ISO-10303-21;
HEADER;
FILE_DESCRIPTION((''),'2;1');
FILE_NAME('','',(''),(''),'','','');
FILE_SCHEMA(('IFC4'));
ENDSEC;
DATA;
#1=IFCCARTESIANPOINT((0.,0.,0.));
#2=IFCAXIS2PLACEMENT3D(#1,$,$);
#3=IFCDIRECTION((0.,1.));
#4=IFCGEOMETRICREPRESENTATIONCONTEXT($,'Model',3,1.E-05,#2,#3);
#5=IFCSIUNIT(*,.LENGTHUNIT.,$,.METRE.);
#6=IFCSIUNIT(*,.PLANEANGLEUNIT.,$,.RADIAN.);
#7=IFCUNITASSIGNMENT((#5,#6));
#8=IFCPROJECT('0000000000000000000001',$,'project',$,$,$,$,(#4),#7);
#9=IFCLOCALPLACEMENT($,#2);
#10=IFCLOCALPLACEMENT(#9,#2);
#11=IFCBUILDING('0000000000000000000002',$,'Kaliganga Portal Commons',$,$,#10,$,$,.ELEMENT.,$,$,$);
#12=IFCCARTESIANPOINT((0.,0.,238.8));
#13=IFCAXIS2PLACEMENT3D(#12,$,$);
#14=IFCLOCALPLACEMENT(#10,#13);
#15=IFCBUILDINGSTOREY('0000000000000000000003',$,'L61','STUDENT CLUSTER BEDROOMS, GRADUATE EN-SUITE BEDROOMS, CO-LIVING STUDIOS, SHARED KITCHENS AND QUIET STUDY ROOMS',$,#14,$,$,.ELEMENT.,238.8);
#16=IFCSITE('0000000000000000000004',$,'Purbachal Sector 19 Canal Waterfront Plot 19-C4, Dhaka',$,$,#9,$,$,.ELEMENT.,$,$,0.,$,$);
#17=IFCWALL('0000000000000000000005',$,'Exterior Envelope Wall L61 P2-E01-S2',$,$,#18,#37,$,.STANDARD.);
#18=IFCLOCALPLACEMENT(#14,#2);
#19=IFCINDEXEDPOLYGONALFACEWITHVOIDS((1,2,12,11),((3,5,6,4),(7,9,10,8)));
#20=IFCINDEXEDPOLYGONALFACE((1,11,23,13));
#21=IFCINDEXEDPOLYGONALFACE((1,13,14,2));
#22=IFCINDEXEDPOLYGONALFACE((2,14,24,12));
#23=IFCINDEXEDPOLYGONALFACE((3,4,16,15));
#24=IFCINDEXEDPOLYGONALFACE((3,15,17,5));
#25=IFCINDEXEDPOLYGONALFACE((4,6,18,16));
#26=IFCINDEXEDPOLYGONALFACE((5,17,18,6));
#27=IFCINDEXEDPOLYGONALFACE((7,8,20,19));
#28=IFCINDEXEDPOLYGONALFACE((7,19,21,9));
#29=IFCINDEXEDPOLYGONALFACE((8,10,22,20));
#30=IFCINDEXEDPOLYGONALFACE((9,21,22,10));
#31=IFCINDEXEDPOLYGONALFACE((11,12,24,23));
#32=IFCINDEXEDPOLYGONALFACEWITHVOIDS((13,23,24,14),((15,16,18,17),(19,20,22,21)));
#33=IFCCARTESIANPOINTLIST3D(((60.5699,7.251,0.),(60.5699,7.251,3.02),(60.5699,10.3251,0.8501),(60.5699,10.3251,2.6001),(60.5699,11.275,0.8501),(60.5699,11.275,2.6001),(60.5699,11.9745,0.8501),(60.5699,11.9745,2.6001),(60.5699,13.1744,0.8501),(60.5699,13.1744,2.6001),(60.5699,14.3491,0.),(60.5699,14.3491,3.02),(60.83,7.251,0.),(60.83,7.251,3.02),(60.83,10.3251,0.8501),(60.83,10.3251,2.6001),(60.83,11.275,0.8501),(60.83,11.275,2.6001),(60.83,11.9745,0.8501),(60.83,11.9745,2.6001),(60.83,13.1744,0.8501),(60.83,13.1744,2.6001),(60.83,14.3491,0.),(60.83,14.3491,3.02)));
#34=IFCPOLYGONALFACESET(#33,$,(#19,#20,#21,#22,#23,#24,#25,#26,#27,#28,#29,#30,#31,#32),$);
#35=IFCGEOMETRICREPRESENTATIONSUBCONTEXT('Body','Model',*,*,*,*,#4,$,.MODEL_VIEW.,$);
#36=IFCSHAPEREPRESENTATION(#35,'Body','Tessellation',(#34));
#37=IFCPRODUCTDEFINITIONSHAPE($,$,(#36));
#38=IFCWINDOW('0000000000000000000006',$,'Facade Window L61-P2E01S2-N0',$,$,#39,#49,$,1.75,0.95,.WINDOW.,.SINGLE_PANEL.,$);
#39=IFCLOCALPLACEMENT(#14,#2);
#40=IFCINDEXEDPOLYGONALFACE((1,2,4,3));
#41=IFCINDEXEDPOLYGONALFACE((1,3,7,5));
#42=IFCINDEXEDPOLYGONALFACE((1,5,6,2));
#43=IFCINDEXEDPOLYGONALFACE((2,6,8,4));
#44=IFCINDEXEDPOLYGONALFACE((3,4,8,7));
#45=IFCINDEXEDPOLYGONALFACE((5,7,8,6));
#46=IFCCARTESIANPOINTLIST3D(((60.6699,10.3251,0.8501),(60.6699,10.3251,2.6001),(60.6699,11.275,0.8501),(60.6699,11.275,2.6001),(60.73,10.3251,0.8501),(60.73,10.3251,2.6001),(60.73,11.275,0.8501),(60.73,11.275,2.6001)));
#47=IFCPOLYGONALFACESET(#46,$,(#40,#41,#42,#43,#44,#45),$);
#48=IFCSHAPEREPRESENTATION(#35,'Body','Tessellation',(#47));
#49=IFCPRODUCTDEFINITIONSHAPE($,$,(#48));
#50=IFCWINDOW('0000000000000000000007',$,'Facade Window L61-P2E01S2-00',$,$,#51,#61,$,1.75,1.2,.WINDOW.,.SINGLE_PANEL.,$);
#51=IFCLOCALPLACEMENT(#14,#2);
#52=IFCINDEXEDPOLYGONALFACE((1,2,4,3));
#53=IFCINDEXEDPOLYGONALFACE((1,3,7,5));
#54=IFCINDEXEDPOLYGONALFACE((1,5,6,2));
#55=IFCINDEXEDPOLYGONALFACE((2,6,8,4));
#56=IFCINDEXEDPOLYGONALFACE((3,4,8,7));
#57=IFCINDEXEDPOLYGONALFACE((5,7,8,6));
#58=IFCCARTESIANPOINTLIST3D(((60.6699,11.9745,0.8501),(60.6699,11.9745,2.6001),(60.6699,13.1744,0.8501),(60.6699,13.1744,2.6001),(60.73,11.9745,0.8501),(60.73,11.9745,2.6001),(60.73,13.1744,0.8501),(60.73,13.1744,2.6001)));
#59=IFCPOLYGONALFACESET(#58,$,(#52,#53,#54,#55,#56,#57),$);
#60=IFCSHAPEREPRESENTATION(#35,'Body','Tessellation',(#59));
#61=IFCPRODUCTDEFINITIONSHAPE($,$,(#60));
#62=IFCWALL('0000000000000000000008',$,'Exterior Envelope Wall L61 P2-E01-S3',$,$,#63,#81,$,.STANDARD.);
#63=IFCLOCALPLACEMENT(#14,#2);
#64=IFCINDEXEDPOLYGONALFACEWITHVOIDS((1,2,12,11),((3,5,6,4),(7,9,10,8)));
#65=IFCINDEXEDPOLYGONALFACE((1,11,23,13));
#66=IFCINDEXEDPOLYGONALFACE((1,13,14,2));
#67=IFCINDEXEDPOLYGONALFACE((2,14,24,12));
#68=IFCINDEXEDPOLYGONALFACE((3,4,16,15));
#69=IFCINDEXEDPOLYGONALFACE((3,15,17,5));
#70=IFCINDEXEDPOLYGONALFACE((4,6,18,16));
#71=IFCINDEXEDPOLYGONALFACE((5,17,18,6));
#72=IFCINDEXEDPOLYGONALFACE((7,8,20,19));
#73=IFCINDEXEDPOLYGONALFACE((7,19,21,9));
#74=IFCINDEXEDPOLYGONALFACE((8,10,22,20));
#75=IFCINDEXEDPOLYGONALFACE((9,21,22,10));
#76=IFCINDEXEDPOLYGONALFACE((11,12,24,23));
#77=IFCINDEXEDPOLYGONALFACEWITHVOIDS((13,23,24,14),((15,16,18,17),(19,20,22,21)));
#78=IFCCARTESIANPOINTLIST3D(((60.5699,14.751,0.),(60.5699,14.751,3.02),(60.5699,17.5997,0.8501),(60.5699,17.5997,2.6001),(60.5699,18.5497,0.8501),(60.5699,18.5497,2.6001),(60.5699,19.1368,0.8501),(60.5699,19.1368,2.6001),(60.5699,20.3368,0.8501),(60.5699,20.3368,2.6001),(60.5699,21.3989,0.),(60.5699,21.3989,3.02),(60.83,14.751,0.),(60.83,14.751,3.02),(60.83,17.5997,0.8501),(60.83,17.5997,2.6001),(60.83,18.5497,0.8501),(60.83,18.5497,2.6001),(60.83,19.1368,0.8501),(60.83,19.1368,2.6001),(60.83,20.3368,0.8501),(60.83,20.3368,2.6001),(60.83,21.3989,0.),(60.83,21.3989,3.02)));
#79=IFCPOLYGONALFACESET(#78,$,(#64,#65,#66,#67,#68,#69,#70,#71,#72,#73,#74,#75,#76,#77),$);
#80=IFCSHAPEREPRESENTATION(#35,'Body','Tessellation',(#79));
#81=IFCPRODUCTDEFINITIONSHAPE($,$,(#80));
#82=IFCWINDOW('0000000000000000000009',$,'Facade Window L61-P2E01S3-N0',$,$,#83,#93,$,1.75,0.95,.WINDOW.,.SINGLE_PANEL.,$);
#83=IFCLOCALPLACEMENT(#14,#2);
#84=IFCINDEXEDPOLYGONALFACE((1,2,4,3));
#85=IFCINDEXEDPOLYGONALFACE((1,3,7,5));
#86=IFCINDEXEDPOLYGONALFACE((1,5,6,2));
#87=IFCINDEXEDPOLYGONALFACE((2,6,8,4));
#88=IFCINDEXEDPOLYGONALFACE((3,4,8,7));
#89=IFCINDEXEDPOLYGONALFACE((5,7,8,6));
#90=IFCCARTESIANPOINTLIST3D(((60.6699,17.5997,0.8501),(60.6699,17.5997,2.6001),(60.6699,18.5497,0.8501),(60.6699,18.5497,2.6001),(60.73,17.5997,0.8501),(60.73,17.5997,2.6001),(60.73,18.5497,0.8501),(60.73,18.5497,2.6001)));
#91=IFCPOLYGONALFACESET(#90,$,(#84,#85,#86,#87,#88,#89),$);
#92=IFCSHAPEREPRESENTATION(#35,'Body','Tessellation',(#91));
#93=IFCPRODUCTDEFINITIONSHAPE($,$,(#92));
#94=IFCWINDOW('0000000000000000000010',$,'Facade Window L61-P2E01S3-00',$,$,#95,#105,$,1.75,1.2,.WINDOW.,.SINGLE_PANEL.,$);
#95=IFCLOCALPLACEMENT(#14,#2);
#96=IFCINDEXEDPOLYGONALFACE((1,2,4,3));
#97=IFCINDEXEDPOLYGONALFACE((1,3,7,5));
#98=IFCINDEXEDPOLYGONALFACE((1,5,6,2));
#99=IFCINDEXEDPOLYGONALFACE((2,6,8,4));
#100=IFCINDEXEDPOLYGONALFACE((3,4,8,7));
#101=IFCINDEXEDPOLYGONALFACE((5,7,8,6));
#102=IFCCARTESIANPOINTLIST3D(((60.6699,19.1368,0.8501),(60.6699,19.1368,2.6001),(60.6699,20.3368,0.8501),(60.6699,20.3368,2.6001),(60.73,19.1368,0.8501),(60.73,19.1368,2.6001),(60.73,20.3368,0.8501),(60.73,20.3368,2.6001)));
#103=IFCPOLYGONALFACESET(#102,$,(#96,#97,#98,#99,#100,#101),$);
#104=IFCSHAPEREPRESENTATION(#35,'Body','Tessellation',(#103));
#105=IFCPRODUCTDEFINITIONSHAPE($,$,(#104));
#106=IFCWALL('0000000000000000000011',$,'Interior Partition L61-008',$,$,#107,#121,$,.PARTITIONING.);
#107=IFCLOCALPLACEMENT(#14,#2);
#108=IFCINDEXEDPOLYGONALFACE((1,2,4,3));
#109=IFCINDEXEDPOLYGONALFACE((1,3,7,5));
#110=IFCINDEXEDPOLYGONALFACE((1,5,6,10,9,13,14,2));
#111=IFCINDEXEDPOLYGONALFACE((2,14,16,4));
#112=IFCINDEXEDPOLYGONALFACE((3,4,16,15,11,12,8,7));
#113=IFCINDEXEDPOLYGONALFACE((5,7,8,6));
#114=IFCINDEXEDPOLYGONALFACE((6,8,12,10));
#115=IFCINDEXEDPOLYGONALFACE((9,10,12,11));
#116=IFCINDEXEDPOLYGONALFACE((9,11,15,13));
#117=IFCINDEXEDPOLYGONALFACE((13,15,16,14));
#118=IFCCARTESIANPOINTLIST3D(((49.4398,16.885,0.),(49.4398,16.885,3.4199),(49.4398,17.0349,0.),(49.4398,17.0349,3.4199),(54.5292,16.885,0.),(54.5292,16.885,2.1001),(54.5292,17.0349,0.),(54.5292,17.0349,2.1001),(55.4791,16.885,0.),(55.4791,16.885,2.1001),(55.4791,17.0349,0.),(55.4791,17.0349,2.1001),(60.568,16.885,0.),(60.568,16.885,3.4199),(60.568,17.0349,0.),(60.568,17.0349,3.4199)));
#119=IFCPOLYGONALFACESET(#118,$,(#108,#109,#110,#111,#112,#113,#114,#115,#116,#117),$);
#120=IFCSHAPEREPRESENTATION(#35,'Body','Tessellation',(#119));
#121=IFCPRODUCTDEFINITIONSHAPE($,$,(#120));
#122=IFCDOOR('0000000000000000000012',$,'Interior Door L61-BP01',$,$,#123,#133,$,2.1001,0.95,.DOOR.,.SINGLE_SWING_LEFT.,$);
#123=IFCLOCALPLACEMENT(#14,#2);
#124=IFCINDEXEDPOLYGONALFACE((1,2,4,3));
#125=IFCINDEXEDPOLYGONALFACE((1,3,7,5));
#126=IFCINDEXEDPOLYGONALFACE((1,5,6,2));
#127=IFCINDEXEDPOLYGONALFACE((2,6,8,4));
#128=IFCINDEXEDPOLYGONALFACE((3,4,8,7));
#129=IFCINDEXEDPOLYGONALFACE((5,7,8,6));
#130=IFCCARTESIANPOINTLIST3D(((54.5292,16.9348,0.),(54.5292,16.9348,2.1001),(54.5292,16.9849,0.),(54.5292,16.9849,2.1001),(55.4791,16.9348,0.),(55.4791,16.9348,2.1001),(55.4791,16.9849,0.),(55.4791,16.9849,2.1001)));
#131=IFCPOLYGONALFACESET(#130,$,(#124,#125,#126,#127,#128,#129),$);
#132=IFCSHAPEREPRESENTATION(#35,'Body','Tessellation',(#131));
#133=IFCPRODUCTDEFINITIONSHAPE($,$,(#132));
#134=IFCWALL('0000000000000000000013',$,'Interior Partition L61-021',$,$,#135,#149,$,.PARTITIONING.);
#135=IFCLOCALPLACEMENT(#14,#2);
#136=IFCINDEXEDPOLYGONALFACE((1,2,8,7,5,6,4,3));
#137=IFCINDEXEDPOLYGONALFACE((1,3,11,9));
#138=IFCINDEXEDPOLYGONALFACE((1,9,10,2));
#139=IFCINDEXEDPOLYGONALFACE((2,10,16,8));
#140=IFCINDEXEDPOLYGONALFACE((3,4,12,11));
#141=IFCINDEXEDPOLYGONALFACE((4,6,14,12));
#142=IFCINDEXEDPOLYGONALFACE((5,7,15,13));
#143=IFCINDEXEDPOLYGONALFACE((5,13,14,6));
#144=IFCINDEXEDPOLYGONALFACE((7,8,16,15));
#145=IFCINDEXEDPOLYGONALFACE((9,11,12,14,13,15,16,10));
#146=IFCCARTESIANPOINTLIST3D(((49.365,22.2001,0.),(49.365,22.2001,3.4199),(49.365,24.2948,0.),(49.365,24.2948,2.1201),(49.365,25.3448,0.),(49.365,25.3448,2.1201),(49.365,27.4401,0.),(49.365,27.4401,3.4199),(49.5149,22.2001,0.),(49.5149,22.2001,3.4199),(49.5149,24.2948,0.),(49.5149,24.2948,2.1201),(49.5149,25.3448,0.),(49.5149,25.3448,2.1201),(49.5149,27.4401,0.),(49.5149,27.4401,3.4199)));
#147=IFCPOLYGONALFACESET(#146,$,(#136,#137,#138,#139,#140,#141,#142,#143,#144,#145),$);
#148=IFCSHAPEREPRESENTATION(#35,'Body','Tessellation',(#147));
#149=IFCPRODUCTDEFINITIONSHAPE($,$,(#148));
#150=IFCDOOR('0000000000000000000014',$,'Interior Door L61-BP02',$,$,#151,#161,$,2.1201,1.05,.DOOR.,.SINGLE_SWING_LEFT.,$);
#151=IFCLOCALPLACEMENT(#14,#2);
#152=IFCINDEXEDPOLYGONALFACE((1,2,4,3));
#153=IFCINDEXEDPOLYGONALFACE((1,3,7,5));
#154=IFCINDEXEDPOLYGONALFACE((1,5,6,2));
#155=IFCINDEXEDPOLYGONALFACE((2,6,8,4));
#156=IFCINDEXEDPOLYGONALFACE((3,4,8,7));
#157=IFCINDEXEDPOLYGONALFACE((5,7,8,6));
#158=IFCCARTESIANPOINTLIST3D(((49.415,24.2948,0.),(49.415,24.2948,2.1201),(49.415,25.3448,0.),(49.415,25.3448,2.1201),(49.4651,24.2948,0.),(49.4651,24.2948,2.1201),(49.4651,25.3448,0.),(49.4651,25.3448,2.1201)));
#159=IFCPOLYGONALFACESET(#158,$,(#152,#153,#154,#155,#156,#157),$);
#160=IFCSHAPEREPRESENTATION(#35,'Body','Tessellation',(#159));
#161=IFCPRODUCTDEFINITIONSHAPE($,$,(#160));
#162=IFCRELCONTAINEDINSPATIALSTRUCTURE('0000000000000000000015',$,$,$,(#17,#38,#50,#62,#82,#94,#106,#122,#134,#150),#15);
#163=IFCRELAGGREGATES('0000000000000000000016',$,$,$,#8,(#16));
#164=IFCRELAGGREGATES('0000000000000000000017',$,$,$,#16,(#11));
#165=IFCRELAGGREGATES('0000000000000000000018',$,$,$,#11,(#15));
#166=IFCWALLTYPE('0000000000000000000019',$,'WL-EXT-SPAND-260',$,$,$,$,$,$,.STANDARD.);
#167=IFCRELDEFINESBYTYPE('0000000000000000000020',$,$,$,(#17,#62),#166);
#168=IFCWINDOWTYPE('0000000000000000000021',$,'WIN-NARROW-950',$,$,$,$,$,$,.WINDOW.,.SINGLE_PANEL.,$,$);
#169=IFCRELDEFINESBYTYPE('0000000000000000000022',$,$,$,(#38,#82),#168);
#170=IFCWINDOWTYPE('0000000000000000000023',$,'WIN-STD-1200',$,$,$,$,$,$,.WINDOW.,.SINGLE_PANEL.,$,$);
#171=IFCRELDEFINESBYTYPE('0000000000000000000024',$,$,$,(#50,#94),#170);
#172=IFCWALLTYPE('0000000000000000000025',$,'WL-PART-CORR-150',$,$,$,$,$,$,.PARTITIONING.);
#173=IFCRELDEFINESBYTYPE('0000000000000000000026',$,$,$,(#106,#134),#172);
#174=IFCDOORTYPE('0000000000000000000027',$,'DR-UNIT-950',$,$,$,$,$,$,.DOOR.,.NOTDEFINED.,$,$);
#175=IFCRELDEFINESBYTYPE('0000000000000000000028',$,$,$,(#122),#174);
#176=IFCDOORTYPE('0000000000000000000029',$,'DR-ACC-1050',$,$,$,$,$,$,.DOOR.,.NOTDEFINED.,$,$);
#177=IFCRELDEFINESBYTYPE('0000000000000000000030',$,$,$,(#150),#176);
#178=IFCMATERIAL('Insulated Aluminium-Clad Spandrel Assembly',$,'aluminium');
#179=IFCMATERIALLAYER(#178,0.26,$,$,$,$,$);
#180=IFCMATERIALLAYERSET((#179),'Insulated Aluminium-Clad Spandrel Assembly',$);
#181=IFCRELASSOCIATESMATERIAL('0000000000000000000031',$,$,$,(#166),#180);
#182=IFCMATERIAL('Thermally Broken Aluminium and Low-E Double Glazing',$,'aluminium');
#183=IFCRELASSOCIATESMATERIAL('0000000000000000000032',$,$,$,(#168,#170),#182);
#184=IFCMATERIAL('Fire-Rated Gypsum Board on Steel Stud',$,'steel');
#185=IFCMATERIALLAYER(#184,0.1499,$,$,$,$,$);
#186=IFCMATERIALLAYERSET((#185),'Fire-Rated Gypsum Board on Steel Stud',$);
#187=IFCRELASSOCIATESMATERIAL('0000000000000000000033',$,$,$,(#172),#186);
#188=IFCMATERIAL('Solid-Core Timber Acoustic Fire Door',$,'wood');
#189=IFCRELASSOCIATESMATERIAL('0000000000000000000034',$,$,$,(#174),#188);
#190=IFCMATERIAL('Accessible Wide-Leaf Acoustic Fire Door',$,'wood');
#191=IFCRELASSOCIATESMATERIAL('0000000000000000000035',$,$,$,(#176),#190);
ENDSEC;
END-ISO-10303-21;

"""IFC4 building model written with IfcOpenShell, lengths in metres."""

from ifc_helpers import new_model, si_unit, direction, frame, frame_2d, origin, place, context, subcontext, project, spatial, rectangle, extrude, material, layer, layer_set, type_object, element, fill, save


model = new_model("IFC4")

# Units and contexts
model_context = context("Model", 3, precision=1e-05, world=origin(), true_north=direction((0.0, 1.0)))
body_context = subcontext(model_context, "Body", "Model", "MODEL_VIEW")
ifc_project = project(units=[si_unit("LENGTHUNIT", "METRE"), si_unit("PLANEANGLEUNIT", "RADIAN")], contexts=[model_context])

# Site, building, storey
site_placement = place(None, origin())
site = spatial("IfcSite", under=ifc_project, at=site_placement, Name="Purbachal Sector 19 Canal Waterfront Plot 19-C4, Dhaka", CompositionType="ELEMENT", RefElevation=0.0)
building_placement = place(site_placement, origin())
building = spatial("IfcBuilding", under=site, at=building_placement, Name="Kaliganga Portal Commons", CompositionType="ELEMENT")
storey_placement = place(building_placement, frame((0.0, 0.0, 238.8)))
storey = spatial("IfcBuildingStorey", under=building, at=storey_placement, Name="L61", Description="STUDENT CLUSTER BEDROOMS, GRADUATE EN-SUITE BEDROOMS, CO-LIVING STUDIOS, SHARED KITCHENS AND QUIET STUDY ROOMS", CompositionType="ELEMENT", Elevation=238.8)

# Walls, openings, windows
ifc_material_1 = material(Name="Insulated Aluminium-Clad Spandrel Assembly", Category="aluminium")
ifc_layer_1 = layer(ifc_material_1, 0.26)
ifc_layer_set_1 = layer_set([ifc_layer_1], Name="Insulated Aluminium-Clad Spandrel Assembly")
wall_type_1 = type_object("IfcWallType", Name="WL-EXT-SPAND-260", PredefinedType="STANDARD", material=ifc_layer_set_1)
wall_1_placement = place(storey_placement, frame((60.7, 14.3491, 0.0), z_axis=(0.0, 0.0, 1.0), x_axis=(0.0, -1.0, 0.0)))
wall_1 = element("IfcWall", 1, at=wall_1_placement, inside=storey, type_object=wall_type_1, Name="Exterior Envelope Wall L61 P2-E01-S2", PredefinedType="STANDARD", context=body_context, shape_type="SweptSolid", body=[
    extrude(rectangle(XDim=7.0981, YDim=0.26, at=frame_2d((3.5491, 0.0))), origin(), (0.0, 0.0, 1.0), 3.02),
])
opening_1_placement = place(wall_1_placement, frame((1.1746, 0.0, 0.8501)))
opening_1 = element("IfcOpeningElement", 2, at=opening_1_placement, cuts=wall_1, PredefinedType="OPENING", context=body_context, shape_type="SweptSolid", body=[
    extrude(rectangle(XDim=1.2, YDim=1.75, at=frame_2d((0.6001, 0.875))), frame((0.0, 0.1401, 0.0), z_axis=(0.0, -1.0, 0.0), x_axis=(1.0, 0.0, 0.0)), (0.0, 0.0, 1.0), 0.28),
])
opening_2_placement = place(wall_1_placement, frame((3.074, 0.0, 0.8501)))
opening_2 = element("IfcOpeningElement", 3, at=opening_2_placement, cuts=wall_1, PredefinedType="OPENING", context=body_context, shape_type="SweptSolid", body=[
    extrude(rectangle(XDim=0.95, YDim=1.75, at=frame_2d((0.4751, 0.875))), frame((0.0, 0.1401, 0.0), z_axis=(0.0, -1.0, 0.0), x_axis=(1.0, 0.0, 0.0)), (0.0, 0.0, 1.0), 0.28),
])
ifc_material_2 = material(Name="Thermally Broken Aluminium and Low-E Double Glazing", Category="aluminium")
window_type_1 = type_object("IfcWindowType", Name="WIN-NARROW-950", PartitioningType="SINGLE_PANEL", PredefinedType="WINDOW", material=ifc_material_2)
window_1_placement = place(opening_2_placement, origin())
window_1 = element("IfcWindow", 4, at=window_1_placement, inside=storey, type_object=window_type_1, Name="Facade Window L61-P2E01S2-N0", OverallHeight=1.75, OverallWidth=0.95, PartitioningType="SINGLE_PANEL", PredefinedType="WINDOW", context=body_context, shape_type="SweptSolid", body=[
    extrude(rectangle(XDim=0.95, YDim=1.75, at=frame_2d((0.4751, 0.875))), frame((0.0, 0.03, 0.0), z_axis=(0.0, -1.0, 0.0), x_axis=(1.0, 0.0, 0.0)), (0.0, 0.0, 1.0), 0.0601),
])
fill(opening_2, window_1)
window_type_2 = type_object("IfcWindowType", Name="WIN-STD-1200", PartitioningType="SINGLE_PANEL", PredefinedType="WINDOW", material=ifc_material_2)
window_2_placement = place(opening_1_placement, origin())
window_2 = element("IfcWindow", 5, at=window_2_placement, inside=storey, type_object=window_type_2, Name="Facade Window L61-P2E01S2-00", OverallHeight=1.75, OverallWidth=1.2, PartitioningType="SINGLE_PANEL", PredefinedType="WINDOW", context=body_context, shape_type="SweptSolid", body=[
    extrude(rectangle(XDim=1.2, YDim=1.75, at=frame_2d((0.6001, 0.875))), frame((0.0, 0.03, 0.0), z_axis=(0.0, -1.0, 0.0), x_axis=(1.0, 0.0, 0.0)), (0.0, 0.0, 1.0), 0.0601),
])
fill(opening_1, window_2)
wall_2_placement = place(storey_placement, frame((60.7, 21.3989, 0.0), z_axis=(0.0, 0.0, 1.0), x_axis=(0.0, -1.0, 0.0)))
wall_2 = element("IfcWall", 6, at=wall_2_placement, inside=storey, type_object=wall_type_1, Name="Exterior Envelope Wall L61 P2-E01-S3", PredefinedType="STANDARD", context=body_context, shape_type="SweptSolid", body=[
    extrude(rectangle(XDim=6.6479, YDim=0.26, at=frame_2d((3.324, 0.0))), origin(), (0.0, 0.0, 1.0), 3.02),
])
opening_3_placement = place(wall_2_placement, frame((1.062, 0.0, 0.8501)))
opening_3 = element("IfcOpeningElement", 7, at=opening_3_placement, cuts=wall_2, PredefinedType="OPENING", context=body_context, shape_type="SweptSolid", body=[
    extrude(rectangle(XDim=1.2, YDim=1.75, at=frame_2d((0.6001, 0.875))), frame((0.0, 0.1401, 0.0), z_axis=(0.0, -1.0, 0.0), x_axis=(1.0, 0.0, 0.0)), (0.0, 0.0, 1.0), 0.28),
])
opening_4_placement = place(wall_2_placement, frame((2.8491, 0.0, 0.8501)))
opening_4 = element("IfcOpeningElement", 8, at=opening_4_placement, cuts=wall_2, PredefinedType="OPENING", context=body_context, shape_type="SweptSolid", body=[
    extrude(rectangle(XDim=0.95, YDim=1.75, at=frame_2d((0.4751, 0.875))), frame((0.0, 0.1401, 0.0), z_axis=(0.0, -1.0, 0.0), x_axis=(1.0, 0.0, 0.0)), (0.0, 0.0, 1.0), 0.28),
])
window_3_placement = place(opening_4_placement, origin())
window_3 = element("IfcWindow", 9, at=window_3_placement, inside=storey, type_object=window_type_1, Name="Facade Window L61-P2E01S3-N0", OverallHeight=1.75, OverallWidth=0.95, PartitioningType="SINGLE_PANEL", PredefinedType="WINDOW", context=body_context, shape_type="SweptSolid", body=[
    extrude(rectangle(XDim=0.95, YDim=1.75, at=frame_2d((0.4751, 0.875))), frame((0.0, 0.03, 0.0), z_axis=(0.0, -1.0, 0.0), x_axis=(1.0, 0.0, 0.0)), (0.0, 0.0, 1.0), 0.0601),
])
fill(opening_4, window_3)
window_4_placement = place(opening_3_placement, origin())
window_4 = element("IfcWindow", 10, at=window_4_placement, inside=storey, type_object=window_type_2, Name="Facade Window L61-P2E01S3-00", OverallHeight=1.75, OverallWidth=1.2, PartitioningType="SINGLE_PANEL", PredefinedType="WINDOW", context=body_context, shape_type="SweptSolid", body=[
    extrude(rectangle(XDim=1.2, YDim=1.75, at=frame_2d((0.6001, 0.875))), frame((0.0, 0.03, 0.0), z_axis=(0.0, -1.0, 0.0), x_axis=(1.0, 0.0, 0.0)), (0.0, 0.0, 1.0), 0.0601),
])
fill(opening_3, window_4)

# Walls, openings, doors
ifc_material_3 = material(Name="Fire-Rated Gypsum Board on Steel Stud", Category="steel")
ifc_layer_2 = layer(ifc_material_3, 0.1499)
ifc_layer_set_2 = layer_set([ifc_layer_2], Name="Fire-Rated Gypsum Board on Steel Stud")
wall_type_2 = type_object("IfcWallType", Name="WL-PART-CORR-150", PredefinedType="PARTITIONING", material=ifc_layer_set_2)
wall_3_placement = place(storey_placement, frame((49.4399, 16.96, 0.0), z_axis=(0.0, 0.0, 1.0), x_axis=(1.0, 0.0, 0.0)))
wall_3 = element("IfcWall", 11, at=wall_3_placement, inside=storey, type_object=wall_type_2, Name="Interior Partition L61-008", PredefinedType="PARTITIONING", context=body_context, shape_type="SweptSolid", body=[
    extrude(rectangle(XDim=11.1282, YDim=0.1499, at=frame_2d((5.564, 0.0))), origin(), (0.0, 0.0, 1.0), 3.4199),
])
opening_5_placement = place(wall_3_placement, frame((5.0891, 0.0, 0.0)))
opening_5 = element("IfcOpeningElement", 12, at=opening_5_placement, cuts=wall_3, PredefinedType="OPENING", context=body_context, shape_type="SweptSolid", body=[
    extrude(rectangle(XDim=0.95, YDim=2.1001, at=frame_2d((0.4751, 1.05))), frame((0.0, 0.085, 0.0), z_axis=(0.0, -1.0, 0.0), x_axis=(1.0, 0.0, 0.0)), (0.0, 0.0, 1.0), 0.1699),
])
ifc_material_4 = material(Name="Solid-Core Timber Acoustic Fire Door", Category="wood")
door_type_1 = type_object("IfcDoorType", Name="DR-UNIT-950", OperationType="NOTDEFINED", PredefinedType="DOOR", material=ifc_material_4)
door_1_placement = place(opening_5_placement, origin())
door_1 = element("IfcDoor", 13, at=door_1_placement, inside=storey, type_object=door_type_1, Name="Interior Door L61-BP01", OperationType="SINGLE_SWING_LEFT", OverallHeight=2.1001, OverallWidth=0.95, PredefinedType="DOOR", context=body_context, shape_type="SweptSolid", body=[
    extrude(rectangle(XDim=0.95, YDim=2.1001, at=frame_2d((0.4751, 1.05))), frame((0.0, 0.0249, 0.0), z_axis=(0.0, -1.0, 0.0), x_axis=(1.0, 0.0, 0.0)), (0.0, 0.0, 1.0), 0.05),
])
fill(opening_5, door_1)
wall_4_placement = place(storey_placement, frame((49.4399, 22.2, 0.0), z_axis=(0.0, 0.0, 1.0), x_axis=(0.0, 1.0, 0.0)))
wall_4 = element("IfcWall", 14, at=wall_4_placement, inside=storey, type_object=wall_type_2, Name="Interior Partition L61-021", PredefinedType="PARTITIONING", context=body_context, shape_type="SweptSolid", body=[
    extrude(rectangle(XDim=5.24, YDim=0.1499, at=frame_2d((2.6201, 0.0))), origin(), (0.0, 0.0, 1.0), 3.4199),
])
opening_6_placement = place(wall_4_placement, frame((2.095, 0.0, 0.0)))
opening_6 = element("IfcOpeningElement", 15, at=opening_6_placement, cuts=wall_4, PredefinedType="OPENING", context=body_context, shape_type="SweptSolid", body=[
    extrude(rectangle(XDim=1.05, YDim=2.1201, at=frame_2d((0.5249, 1.0601))), frame((0.0, 0.085, 0.0), z_axis=(0.0, -1.0, 0.0), x_axis=(1.0, 0.0, 0.0)), (0.0, 0.0, 1.0), 0.1699),
])
ifc_material_5 = material(Name="Accessible Wide-Leaf Acoustic Fire Door", Category="wood")
door_type_2 = type_object("IfcDoorType", Name="DR-ACC-1050", OperationType="NOTDEFINED", PredefinedType="DOOR", material=ifc_material_5)
door_2_placement = place(opening_6_placement, origin())
door_2 = element("IfcDoor", 16, at=door_2_placement, inside=storey, type_object=door_type_2, Name="Interior Door L61-BP02", OperationType="SINGLE_SWING_LEFT", OverallHeight=2.1201, OverallWidth=1.05, PredefinedType="DOOR", context=body_context, shape_type="SweptSolid", body=[
    extrude(rectangle(XDim=1.05, YDim=2.1201, at=frame_2d((0.5249, 1.0601))), frame((0.0, 0.0249, 0.0), z_axis=(0.0, -1.0, 0.0), x_axis=(1.0, 0.0, 0.0)), (0.0, 0.0, 1.0), 0.05),
])
fill(opening_6, door_2)

save(model, "model.ifc")
